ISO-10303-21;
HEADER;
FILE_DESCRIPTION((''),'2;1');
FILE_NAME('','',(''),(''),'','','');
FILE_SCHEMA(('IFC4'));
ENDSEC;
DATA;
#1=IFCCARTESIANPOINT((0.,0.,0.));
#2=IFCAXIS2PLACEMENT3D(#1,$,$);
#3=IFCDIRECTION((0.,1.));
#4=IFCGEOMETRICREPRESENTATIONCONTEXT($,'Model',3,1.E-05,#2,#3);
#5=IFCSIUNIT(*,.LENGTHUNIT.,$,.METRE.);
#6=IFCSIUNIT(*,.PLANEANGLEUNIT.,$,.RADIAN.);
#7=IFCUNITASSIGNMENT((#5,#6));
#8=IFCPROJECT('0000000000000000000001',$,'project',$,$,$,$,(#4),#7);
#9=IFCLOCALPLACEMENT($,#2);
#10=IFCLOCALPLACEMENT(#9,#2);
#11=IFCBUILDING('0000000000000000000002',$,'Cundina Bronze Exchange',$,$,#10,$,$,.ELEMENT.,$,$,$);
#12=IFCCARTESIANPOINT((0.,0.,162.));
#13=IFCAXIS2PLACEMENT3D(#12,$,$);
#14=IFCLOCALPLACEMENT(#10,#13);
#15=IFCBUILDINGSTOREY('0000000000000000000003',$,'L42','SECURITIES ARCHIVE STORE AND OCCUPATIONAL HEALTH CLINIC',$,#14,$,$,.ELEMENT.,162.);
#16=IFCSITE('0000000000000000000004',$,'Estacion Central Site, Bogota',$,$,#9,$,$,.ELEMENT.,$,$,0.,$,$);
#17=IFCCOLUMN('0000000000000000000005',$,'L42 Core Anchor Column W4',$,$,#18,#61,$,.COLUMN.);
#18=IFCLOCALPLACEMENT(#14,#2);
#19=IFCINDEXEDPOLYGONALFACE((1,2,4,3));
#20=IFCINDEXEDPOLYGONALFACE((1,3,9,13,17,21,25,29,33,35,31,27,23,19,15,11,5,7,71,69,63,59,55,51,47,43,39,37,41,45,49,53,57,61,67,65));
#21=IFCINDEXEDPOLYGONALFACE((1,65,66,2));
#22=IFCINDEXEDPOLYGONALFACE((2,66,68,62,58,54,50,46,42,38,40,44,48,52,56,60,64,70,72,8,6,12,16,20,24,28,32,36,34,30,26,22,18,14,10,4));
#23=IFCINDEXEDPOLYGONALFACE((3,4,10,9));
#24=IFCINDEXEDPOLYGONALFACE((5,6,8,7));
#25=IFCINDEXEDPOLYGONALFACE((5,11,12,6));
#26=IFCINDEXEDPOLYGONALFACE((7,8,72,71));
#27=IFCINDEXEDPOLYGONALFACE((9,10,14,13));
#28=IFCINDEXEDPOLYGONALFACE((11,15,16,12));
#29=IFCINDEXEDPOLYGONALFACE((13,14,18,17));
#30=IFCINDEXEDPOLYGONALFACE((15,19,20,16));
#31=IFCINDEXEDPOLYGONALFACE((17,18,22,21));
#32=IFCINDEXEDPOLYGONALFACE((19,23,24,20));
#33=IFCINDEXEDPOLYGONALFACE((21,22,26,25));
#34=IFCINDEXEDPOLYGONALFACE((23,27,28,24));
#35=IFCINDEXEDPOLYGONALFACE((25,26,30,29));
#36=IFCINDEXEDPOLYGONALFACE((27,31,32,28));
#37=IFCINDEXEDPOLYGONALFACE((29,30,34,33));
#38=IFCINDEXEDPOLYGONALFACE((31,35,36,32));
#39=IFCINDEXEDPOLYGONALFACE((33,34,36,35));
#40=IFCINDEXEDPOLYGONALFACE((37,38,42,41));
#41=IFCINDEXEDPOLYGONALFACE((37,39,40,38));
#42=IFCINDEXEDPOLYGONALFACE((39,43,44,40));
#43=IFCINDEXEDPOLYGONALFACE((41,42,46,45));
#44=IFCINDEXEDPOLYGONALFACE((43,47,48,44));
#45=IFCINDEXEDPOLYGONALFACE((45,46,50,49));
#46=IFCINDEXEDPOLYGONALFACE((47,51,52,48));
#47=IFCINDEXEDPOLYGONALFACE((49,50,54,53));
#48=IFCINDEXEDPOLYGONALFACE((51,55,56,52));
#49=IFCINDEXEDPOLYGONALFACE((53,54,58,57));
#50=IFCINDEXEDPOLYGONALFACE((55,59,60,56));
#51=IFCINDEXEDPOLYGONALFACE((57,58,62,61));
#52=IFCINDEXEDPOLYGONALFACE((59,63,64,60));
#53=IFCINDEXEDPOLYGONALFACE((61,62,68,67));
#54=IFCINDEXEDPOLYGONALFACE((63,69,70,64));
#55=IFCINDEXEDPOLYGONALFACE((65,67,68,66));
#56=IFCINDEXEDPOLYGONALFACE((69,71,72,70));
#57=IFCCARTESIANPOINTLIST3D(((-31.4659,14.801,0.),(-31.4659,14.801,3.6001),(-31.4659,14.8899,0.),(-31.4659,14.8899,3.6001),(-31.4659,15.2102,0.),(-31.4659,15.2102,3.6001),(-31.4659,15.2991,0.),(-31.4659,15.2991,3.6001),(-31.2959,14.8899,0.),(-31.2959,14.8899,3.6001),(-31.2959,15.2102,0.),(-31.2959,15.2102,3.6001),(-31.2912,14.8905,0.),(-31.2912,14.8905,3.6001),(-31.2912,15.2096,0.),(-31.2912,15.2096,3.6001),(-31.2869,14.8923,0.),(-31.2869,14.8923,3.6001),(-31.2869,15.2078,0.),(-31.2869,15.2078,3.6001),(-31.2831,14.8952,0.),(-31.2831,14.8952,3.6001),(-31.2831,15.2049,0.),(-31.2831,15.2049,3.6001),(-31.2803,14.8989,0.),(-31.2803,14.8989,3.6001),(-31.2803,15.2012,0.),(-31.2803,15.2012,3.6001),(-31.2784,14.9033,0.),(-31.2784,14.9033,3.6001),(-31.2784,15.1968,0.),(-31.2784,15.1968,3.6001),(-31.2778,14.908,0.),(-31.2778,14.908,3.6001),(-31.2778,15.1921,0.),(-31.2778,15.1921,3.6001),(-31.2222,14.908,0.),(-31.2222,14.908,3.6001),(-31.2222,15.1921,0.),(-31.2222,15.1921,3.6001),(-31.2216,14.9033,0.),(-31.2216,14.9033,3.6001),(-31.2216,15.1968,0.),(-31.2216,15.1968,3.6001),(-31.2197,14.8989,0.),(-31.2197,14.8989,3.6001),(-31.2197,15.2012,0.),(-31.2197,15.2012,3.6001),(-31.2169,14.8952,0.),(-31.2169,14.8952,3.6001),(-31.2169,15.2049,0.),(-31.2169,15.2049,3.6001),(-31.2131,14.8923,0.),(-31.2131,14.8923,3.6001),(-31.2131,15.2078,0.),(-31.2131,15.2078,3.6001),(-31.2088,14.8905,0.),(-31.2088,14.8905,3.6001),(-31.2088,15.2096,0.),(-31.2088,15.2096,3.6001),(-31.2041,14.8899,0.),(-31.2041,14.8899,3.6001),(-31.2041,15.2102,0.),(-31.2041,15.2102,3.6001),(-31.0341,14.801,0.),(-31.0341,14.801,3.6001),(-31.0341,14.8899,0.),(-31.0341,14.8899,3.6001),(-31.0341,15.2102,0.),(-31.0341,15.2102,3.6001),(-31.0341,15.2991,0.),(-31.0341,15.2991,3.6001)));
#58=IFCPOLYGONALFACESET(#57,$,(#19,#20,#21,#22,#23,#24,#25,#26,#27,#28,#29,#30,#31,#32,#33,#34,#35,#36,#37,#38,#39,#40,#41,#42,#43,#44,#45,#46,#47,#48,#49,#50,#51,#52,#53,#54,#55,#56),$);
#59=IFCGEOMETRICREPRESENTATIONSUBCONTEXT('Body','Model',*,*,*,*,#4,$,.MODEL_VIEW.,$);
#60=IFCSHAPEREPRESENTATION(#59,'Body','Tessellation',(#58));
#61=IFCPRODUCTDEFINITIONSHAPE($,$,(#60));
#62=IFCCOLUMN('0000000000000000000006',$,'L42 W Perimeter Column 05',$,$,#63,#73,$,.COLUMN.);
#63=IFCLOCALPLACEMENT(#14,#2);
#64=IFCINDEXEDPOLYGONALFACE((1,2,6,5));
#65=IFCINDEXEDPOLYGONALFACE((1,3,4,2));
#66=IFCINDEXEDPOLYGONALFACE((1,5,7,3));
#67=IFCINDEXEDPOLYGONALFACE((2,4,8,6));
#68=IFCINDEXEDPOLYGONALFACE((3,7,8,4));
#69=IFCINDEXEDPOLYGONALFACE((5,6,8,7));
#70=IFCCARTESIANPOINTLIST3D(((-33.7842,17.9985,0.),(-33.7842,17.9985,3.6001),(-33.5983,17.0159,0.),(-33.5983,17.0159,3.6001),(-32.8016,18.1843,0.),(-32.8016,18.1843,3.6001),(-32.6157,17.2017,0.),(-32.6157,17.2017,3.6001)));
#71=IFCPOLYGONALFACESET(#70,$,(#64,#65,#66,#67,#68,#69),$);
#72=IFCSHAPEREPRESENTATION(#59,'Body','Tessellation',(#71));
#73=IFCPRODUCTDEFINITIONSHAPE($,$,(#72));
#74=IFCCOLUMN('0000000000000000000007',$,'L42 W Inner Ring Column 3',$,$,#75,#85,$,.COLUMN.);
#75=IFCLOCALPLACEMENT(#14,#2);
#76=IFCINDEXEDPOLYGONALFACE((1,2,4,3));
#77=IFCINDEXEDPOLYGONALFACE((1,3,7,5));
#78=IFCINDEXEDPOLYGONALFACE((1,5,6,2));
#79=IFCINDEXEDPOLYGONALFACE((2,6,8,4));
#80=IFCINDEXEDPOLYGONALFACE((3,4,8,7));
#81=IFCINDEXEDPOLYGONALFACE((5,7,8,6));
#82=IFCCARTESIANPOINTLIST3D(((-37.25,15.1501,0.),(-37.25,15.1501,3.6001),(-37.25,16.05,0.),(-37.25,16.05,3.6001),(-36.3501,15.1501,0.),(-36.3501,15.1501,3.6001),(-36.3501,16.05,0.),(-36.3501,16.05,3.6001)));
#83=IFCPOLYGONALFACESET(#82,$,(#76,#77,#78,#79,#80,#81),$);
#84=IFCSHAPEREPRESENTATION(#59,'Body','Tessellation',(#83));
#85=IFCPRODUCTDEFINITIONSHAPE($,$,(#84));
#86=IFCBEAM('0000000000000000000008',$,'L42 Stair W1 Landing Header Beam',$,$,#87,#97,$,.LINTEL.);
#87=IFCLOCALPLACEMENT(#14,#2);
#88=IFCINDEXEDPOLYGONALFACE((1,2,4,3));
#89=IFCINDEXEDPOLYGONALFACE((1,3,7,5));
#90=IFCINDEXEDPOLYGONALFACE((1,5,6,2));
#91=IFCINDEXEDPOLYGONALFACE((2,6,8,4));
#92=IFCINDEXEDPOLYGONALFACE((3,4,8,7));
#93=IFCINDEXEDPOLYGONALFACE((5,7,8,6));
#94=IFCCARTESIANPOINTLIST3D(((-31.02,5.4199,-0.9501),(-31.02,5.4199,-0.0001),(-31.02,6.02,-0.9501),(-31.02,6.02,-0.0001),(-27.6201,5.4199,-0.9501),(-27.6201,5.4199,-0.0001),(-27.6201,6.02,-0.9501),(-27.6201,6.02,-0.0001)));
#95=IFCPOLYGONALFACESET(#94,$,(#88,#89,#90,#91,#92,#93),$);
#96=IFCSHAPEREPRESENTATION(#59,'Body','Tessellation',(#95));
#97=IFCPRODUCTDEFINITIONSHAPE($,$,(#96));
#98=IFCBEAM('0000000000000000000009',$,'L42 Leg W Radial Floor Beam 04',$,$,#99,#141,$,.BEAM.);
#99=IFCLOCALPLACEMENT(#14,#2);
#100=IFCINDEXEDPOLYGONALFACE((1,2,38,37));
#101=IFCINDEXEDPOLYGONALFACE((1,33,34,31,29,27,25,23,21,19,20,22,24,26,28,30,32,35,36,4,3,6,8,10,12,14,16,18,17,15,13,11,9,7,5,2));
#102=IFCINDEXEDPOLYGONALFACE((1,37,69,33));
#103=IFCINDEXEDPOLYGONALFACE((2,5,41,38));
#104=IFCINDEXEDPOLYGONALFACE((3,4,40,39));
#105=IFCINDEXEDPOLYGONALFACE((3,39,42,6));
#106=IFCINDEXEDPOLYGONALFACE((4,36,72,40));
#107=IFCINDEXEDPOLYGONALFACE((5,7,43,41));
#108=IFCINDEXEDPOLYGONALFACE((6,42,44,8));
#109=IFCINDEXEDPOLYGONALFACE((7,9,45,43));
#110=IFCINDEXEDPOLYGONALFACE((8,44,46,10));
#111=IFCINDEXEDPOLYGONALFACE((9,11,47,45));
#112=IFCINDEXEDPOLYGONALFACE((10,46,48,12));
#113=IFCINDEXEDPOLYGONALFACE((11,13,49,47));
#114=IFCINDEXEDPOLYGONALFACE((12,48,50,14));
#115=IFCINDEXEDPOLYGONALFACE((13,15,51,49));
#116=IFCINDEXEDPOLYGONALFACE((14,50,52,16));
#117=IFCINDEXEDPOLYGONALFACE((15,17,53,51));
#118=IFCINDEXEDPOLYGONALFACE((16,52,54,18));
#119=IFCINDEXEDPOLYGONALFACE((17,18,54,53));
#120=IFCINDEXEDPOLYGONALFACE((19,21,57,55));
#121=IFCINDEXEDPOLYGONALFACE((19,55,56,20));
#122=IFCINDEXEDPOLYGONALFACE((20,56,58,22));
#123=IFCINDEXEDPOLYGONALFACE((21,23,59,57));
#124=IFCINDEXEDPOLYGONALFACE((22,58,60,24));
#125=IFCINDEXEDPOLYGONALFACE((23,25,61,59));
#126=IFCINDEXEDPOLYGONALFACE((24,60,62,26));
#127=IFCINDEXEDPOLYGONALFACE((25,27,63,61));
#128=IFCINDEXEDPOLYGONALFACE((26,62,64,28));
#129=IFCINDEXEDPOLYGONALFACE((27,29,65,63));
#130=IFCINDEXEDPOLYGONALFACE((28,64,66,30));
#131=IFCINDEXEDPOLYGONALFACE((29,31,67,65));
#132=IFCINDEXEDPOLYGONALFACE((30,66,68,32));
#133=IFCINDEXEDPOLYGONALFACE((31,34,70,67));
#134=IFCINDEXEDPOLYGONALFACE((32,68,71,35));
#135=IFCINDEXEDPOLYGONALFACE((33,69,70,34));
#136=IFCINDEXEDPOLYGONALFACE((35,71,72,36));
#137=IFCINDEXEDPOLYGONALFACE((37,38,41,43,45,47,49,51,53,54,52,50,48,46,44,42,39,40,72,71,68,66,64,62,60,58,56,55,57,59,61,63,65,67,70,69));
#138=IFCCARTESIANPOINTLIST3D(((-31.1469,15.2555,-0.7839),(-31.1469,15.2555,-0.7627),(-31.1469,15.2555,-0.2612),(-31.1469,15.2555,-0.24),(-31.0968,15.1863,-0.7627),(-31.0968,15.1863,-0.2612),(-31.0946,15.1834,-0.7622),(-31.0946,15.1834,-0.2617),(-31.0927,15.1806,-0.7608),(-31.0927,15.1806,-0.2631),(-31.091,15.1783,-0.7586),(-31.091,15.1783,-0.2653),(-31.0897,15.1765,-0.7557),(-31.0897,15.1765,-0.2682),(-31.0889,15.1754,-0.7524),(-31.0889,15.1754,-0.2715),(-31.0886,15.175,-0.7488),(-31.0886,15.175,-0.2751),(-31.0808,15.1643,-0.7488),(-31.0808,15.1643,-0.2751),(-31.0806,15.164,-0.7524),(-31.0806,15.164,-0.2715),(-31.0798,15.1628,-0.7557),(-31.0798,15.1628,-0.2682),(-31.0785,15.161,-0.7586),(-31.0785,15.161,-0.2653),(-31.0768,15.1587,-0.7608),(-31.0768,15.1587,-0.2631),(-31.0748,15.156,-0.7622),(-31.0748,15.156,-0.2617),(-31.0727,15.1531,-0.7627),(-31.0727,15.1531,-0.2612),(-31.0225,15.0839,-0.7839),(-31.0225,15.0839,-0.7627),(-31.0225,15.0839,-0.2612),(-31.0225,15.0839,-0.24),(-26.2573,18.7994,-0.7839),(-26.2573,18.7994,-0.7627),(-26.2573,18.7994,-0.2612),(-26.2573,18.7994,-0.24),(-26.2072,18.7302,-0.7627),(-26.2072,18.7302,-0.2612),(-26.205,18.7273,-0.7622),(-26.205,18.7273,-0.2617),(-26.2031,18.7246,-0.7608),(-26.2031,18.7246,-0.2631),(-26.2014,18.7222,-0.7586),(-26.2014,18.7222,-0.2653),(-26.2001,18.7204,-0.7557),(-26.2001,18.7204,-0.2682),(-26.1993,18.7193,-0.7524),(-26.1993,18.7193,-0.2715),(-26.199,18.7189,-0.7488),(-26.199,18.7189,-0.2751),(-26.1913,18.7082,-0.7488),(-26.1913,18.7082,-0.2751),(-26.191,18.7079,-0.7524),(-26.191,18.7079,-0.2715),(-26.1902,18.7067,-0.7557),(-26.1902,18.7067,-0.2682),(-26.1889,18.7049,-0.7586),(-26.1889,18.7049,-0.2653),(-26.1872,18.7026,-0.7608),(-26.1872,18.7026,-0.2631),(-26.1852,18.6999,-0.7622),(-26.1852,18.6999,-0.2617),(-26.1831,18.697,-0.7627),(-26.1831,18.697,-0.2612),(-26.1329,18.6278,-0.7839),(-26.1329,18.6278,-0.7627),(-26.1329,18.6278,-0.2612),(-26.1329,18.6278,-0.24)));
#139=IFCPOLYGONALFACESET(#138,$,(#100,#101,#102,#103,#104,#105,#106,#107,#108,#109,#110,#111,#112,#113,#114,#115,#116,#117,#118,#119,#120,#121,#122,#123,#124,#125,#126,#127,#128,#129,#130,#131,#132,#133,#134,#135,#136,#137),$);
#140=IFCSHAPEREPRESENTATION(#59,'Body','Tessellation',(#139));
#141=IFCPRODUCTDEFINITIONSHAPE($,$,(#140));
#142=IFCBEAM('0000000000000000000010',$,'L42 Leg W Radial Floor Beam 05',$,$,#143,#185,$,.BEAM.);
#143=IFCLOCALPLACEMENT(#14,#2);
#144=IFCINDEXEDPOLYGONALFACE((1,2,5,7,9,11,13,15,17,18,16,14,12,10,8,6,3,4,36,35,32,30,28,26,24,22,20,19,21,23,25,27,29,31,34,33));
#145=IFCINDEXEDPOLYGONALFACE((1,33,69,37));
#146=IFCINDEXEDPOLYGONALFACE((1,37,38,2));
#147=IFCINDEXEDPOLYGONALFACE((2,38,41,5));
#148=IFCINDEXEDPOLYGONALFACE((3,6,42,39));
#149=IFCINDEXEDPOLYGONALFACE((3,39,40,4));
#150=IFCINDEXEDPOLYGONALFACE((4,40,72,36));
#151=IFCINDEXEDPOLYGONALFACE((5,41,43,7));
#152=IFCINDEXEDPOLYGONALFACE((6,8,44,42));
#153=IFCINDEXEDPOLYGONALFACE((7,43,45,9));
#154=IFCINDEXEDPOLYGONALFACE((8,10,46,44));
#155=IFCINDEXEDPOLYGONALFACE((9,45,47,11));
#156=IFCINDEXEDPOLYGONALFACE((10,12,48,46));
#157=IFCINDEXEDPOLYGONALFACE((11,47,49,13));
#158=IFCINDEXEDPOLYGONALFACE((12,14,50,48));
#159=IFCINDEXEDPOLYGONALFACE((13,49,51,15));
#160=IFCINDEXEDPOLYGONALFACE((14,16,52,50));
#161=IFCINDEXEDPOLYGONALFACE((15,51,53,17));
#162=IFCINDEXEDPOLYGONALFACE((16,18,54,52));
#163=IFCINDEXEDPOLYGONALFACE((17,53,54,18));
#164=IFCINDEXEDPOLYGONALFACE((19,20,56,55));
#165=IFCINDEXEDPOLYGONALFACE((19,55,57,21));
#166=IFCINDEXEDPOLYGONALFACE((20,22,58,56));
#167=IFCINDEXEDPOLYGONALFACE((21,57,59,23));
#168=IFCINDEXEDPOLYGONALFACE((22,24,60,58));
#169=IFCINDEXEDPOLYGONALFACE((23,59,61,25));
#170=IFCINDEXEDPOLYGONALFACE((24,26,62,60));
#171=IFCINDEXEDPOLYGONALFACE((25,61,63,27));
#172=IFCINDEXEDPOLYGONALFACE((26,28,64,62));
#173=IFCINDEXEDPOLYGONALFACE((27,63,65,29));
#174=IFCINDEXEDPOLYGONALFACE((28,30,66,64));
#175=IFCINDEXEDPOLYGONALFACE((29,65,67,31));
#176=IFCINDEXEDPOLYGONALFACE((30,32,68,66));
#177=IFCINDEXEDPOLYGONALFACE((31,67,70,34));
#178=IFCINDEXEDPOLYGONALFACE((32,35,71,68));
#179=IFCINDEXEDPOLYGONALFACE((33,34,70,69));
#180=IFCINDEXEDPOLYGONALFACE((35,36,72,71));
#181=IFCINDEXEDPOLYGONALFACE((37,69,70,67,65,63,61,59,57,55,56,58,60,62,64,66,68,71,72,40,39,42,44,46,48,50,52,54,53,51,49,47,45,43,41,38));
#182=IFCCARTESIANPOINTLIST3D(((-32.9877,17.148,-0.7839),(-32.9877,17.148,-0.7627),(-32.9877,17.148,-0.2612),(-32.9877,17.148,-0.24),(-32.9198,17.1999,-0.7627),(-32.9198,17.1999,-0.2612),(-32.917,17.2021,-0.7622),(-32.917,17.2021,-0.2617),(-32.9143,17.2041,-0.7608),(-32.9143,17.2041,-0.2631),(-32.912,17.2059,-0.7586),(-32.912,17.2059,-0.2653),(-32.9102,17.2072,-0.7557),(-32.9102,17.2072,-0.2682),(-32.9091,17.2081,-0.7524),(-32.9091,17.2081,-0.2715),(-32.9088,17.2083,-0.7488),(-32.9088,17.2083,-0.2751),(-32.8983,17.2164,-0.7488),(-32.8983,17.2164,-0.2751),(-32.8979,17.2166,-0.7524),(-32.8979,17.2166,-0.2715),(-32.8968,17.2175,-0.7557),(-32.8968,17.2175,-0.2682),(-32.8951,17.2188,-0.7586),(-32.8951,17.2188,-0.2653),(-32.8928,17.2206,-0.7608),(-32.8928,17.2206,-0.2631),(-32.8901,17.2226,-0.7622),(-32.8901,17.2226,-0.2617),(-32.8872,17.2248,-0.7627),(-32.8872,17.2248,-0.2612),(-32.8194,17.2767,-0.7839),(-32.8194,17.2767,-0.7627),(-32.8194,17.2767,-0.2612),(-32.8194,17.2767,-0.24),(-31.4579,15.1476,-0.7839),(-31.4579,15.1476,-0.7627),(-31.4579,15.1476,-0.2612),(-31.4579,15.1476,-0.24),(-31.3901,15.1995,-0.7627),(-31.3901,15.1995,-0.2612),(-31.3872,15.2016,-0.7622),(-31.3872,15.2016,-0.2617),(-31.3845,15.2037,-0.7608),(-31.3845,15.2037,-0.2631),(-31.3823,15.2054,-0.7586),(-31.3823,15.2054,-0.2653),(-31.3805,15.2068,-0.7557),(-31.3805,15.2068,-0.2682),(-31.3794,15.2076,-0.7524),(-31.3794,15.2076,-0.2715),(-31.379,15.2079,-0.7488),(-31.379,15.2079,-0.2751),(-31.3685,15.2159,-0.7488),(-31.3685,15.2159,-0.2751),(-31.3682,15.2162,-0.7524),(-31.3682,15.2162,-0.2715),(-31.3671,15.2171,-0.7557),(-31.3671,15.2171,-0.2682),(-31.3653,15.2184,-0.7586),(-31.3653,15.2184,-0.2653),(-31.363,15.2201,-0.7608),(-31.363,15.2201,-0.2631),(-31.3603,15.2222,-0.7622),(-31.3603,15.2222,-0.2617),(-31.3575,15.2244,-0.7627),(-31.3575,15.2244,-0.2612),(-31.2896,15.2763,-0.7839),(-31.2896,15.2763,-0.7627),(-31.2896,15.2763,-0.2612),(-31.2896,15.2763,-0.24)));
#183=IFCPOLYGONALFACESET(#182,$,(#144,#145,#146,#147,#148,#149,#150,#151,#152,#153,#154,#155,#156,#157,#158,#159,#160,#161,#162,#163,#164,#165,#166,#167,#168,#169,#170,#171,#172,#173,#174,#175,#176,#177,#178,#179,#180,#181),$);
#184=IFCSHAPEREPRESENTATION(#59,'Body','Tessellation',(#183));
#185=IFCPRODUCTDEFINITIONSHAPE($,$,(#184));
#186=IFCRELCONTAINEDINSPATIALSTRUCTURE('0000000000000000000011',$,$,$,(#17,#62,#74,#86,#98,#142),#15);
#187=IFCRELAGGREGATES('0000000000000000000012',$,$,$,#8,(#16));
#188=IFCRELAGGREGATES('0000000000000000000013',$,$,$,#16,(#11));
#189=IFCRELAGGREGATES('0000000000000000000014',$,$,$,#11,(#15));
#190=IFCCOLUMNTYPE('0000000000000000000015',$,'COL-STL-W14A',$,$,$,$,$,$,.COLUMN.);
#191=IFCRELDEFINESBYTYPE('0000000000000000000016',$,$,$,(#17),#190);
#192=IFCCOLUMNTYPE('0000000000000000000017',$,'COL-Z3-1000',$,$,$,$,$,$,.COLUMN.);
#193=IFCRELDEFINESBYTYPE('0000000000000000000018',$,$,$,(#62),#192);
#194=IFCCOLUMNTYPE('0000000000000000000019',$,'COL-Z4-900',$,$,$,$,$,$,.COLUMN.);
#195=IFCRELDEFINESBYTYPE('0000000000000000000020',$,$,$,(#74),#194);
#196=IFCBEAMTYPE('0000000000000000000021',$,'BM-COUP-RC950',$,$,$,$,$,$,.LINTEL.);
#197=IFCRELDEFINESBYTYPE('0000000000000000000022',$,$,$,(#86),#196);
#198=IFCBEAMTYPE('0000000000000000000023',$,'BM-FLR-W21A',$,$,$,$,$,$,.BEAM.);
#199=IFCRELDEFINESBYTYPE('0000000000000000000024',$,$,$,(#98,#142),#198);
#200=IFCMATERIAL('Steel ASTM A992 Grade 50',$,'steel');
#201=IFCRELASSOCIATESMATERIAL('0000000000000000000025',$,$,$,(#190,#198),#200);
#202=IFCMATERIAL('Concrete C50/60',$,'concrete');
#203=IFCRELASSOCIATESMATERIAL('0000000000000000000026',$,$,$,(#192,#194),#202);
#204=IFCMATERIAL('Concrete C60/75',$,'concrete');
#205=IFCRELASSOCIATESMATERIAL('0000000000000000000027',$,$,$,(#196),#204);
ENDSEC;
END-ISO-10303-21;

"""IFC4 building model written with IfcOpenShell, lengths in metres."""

from ifc_helpers import new_model, si_unit, direction, frame, origin, origin_2d, place, context, subcontext, project, spatial, rectangle, i_section, extrude, material, material_profile, profile_set, type_object, element, save


model = new_model("IFC4")

# Units and contexts
model_context = context("Model", 3, precision=1e-05, world=origin(), true_north=direction((0.0, 1.0)))
body_context = subcontext(model_context, "Body", "Model", "MODEL_VIEW")
ifc_project = project(units=[si_unit("LENGTHUNIT", "METRE"), si_unit("PLANEANGLEUNIT", "RADIAN")], contexts=[model_context])

# Site, building, storey
site_placement = place(None, origin())
site = spatial("IfcSite", under=ifc_project, at=site_placement, Name="Estacion Central Site, Bogota", CompositionType="ELEMENT", RefElevation=0.0)
building_placement = place(site_placement, origin())
building = spatial("IfcBuilding", under=site, at=building_placement, Name="Cundina Bronze Exchange", CompositionType="ELEMENT")
storey_placement = place(building_placement, frame((0.0, 0.0, 162.0)))
storey = spatial("IfcBuildingStorey", under=building, at=storey_placement, Name="L42", Description="SECURITIES ARCHIVE STORE AND OCCUPATIONAL HEALTH CLINIC", CompositionType="ELEMENT", Elevation=162.0)

# Columns
ifc_material_1 = material(Name="Steel ASTM A992 Grade 50", Category="steel")
ifc_material_profile_1 = material_profile(ifc_material_1, i_section(OverallWidth=0.4319, OverallDepth=0.498, WebThickness=0.0557, FlangeThickness=0.0889, FilletRadius=0.0181, at=origin_2d()), Name="W14X500", Category="steel")
ifc_profile_set_1 = profile_set([ifc_material_profile_1], Name="Steel ASTM A992 Grade 50")
column_type_1 = type_object("IfcColumnType", Name="COL-STL-W14A", PredefinedType="COLUMN", material=ifc_profile_set_1)
column_1_placement = place(storey_placement, frame((-31.25, 15.05, 0.0), z_axis=(0.0, 0.0, 1.0), x_axis=(1.0, 0.0, 0.0)))
element("IfcColumn", 1, at=column_1_placement, inside=storey, type_object=column_type_1, Name="L42 Core Anchor Column W4", PredefinedType="COLUMN", context=body_context, shape_type="SweptSolid", body=[
    extrude(i_section(OverallWidth=0.4319, OverallDepth=0.498, WebThickness=0.0557, FlangeThickness=0.0889, FilletRadius=0.0181, at=origin_2d()), origin(), (0.0, 0.0, 1.0), 3.6001),
])
ifc_material_2 = material(Name="Concrete C50/60", Category="concrete")
ifc_material_profile_2 = material_profile(ifc_material_2, rectangle(XDim=1.0, YDim=1.0, at=origin_2d()), Name="RC1000X1000", Category="concrete")
ifc_profile_set_2 = profile_set([ifc_material_profile_2], Name="Concrete C50/60")
column_type_2 = type_object("IfcColumnType", Name="COL-Z3-1000", PredefinedType="COLUMN", material=ifc_profile_set_2)
column_2_placement = place(storey_placement, frame((-33.2, 17.6001, 0.0), z_axis=(0.0, 0.0, 1.0), x_axis=(-0.98258, -0.185838, 0.0)))
element("IfcColumn", 2, at=column_2_placement, inside=storey, type_object=column_type_2, Name="L42 W Perimeter Column 05", PredefinedType="COLUMN", context=body_context, shape_type="SweptSolid", body=[
    extrude(rectangle(XDim=1.0, YDim=1.0, at=origin_2d()), origin(), (0.0, 0.0, 1.0), 3.6001),
])
ifc_material_profile_3 = material_profile(ifc_material_2, rectangle(XDim=0.8999, YDim=0.8999, at=origin_2d()), Name="RC900X900", Category="concrete")
ifc_profile_set_3 = profile_set([ifc_material_profile_3], Name="Concrete C50/60")
column_type_3 = type_object("IfcColumnType", Name="COL-Z4-900", PredefinedType="COLUMN", material=ifc_profile_set_3)
column_3_placement = place(storey_placement, frame((-36.8, 15.6001, 0.0), z_axis=(0.0, 0.0, 1.0), x_axis=(1.0, 0.0, 0.0)))
element("IfcColumn", 3, at=column_3_placement, inside=storey, type_object=column_type_3, Name="L42 W Inner Ring Column 3", PredefinedType="COLUMN", context=body_context, shape_type="SweptSolid", body=[
    extrude(rectangle(XDim=0.8999, YDim=0.8999, at=origin_2d()), origin(), (0.0, 0.0, 1.0), 3.6001),
])

# Beams
ifc_material_3 = material(Name="Concrete C60/75", Category="concrete")
ifc_material_profile_4 = material_profile(ifc_material_3, rectangle(XDim=0.6001, YDim=0.95, at=origin_2d()), Name="RC600X950", Category="concrete")
ifc_profile_set_4 = profile_set([ifc_material_profile_4], Name="Concrete C60/75")
beam_type_1 = type_object("IfcBeamType", Name="BM-COUP-RC950", PredefinedType="LINTEL", material=ifc_profile_set_4)
beam_1_placement = place(storey_placement, frame((-31.02, 5.72, -0.4751), z_axis=(1.0, 0.0, 0.0), x_axis=(0.0, 1.0, 0.0)))
element("IfcBeam", 4, at=beam_1_placement, inside=storey, type_object=beam_type_1, Name="L42 Stair W1 Landing Header Beam", PredefinedType="LINTEL", context=body_context, shape_type="SweptSolid", body=[
    extrude(rectangle(XDim=0.6001, YDim=0.95, at=origin_2d()), origin(), (0.0, 0.0, 1.0), 3.3999),
])
ifc_material_profile_5 = material_profile(ifc_material_1, i_section(OverallWidth=0.2119, OverallDepth=0.5439, WebThickness=0.0132, FlangeThickness=0.0212, FilletRadius=0.0139, at=origin_2d()), Name="W21X83", Category="steel")
ifc_profile_set_5 = profile_set([ifc_material_profile_5], Name="Steel ASTM A992 Grade 50")
beam_type_2 = type_object("IfcBeamType", Name="BM-FLR-W21A", PredefinedType="BEAM", material=ifc_profile_set_5)
beam_2_placement = place(storey_placement, frame((-31.0847, 15.1697, -0.512), z_axis=(0.809693, 0.586854, 0.0), x_axis=(-0.586854, 0.809693, 0.0)))
element("IfcBeam", 5, at=beam_2_placement, inside=storey, type_object=beam_type_2, Name="L42 Leg W Radial Floor Beam 04", PredefinedType="BEAM", context=body_context, shape_type="SweptSolid", body=[
    extrude(i_section(OverallWidth=0.2119, OverallDepth=0.5439, WebThickness=0.0132, FlangeThickness=0.0212, FilletRadius=0.0139, at=origin_2d()), origin(), (0.0, 0.0, 1.0), 6.0388),
])
beam_3_placement = place(storey_placement, frame((-31.3738, 15.2119, -0.512), z_axis=(-0.60745, 0.794358, 0.0), x_axis=(-0.794358, -0.60745, 0.0)))
element("IfcBeam", 6, at=beam_3_placement, inside=storey, type_object=beam_type_2, Name="L42 Leg W Radial Floor Beam 05", PredefinedType="BEAM", context=body_context, shape_type="SweptSolid", body=[
    extrude(i_section(OverallWidth=0.2119, OverallDepth=0.5439, WebThickness=0.0132, FlangeThickness=0.0212, FilletRadius=0.0139, at=origin_2d()), origin(), (0.0, 0.0, 1.0), 2.5183),
])

save(model, "model.ifc")
